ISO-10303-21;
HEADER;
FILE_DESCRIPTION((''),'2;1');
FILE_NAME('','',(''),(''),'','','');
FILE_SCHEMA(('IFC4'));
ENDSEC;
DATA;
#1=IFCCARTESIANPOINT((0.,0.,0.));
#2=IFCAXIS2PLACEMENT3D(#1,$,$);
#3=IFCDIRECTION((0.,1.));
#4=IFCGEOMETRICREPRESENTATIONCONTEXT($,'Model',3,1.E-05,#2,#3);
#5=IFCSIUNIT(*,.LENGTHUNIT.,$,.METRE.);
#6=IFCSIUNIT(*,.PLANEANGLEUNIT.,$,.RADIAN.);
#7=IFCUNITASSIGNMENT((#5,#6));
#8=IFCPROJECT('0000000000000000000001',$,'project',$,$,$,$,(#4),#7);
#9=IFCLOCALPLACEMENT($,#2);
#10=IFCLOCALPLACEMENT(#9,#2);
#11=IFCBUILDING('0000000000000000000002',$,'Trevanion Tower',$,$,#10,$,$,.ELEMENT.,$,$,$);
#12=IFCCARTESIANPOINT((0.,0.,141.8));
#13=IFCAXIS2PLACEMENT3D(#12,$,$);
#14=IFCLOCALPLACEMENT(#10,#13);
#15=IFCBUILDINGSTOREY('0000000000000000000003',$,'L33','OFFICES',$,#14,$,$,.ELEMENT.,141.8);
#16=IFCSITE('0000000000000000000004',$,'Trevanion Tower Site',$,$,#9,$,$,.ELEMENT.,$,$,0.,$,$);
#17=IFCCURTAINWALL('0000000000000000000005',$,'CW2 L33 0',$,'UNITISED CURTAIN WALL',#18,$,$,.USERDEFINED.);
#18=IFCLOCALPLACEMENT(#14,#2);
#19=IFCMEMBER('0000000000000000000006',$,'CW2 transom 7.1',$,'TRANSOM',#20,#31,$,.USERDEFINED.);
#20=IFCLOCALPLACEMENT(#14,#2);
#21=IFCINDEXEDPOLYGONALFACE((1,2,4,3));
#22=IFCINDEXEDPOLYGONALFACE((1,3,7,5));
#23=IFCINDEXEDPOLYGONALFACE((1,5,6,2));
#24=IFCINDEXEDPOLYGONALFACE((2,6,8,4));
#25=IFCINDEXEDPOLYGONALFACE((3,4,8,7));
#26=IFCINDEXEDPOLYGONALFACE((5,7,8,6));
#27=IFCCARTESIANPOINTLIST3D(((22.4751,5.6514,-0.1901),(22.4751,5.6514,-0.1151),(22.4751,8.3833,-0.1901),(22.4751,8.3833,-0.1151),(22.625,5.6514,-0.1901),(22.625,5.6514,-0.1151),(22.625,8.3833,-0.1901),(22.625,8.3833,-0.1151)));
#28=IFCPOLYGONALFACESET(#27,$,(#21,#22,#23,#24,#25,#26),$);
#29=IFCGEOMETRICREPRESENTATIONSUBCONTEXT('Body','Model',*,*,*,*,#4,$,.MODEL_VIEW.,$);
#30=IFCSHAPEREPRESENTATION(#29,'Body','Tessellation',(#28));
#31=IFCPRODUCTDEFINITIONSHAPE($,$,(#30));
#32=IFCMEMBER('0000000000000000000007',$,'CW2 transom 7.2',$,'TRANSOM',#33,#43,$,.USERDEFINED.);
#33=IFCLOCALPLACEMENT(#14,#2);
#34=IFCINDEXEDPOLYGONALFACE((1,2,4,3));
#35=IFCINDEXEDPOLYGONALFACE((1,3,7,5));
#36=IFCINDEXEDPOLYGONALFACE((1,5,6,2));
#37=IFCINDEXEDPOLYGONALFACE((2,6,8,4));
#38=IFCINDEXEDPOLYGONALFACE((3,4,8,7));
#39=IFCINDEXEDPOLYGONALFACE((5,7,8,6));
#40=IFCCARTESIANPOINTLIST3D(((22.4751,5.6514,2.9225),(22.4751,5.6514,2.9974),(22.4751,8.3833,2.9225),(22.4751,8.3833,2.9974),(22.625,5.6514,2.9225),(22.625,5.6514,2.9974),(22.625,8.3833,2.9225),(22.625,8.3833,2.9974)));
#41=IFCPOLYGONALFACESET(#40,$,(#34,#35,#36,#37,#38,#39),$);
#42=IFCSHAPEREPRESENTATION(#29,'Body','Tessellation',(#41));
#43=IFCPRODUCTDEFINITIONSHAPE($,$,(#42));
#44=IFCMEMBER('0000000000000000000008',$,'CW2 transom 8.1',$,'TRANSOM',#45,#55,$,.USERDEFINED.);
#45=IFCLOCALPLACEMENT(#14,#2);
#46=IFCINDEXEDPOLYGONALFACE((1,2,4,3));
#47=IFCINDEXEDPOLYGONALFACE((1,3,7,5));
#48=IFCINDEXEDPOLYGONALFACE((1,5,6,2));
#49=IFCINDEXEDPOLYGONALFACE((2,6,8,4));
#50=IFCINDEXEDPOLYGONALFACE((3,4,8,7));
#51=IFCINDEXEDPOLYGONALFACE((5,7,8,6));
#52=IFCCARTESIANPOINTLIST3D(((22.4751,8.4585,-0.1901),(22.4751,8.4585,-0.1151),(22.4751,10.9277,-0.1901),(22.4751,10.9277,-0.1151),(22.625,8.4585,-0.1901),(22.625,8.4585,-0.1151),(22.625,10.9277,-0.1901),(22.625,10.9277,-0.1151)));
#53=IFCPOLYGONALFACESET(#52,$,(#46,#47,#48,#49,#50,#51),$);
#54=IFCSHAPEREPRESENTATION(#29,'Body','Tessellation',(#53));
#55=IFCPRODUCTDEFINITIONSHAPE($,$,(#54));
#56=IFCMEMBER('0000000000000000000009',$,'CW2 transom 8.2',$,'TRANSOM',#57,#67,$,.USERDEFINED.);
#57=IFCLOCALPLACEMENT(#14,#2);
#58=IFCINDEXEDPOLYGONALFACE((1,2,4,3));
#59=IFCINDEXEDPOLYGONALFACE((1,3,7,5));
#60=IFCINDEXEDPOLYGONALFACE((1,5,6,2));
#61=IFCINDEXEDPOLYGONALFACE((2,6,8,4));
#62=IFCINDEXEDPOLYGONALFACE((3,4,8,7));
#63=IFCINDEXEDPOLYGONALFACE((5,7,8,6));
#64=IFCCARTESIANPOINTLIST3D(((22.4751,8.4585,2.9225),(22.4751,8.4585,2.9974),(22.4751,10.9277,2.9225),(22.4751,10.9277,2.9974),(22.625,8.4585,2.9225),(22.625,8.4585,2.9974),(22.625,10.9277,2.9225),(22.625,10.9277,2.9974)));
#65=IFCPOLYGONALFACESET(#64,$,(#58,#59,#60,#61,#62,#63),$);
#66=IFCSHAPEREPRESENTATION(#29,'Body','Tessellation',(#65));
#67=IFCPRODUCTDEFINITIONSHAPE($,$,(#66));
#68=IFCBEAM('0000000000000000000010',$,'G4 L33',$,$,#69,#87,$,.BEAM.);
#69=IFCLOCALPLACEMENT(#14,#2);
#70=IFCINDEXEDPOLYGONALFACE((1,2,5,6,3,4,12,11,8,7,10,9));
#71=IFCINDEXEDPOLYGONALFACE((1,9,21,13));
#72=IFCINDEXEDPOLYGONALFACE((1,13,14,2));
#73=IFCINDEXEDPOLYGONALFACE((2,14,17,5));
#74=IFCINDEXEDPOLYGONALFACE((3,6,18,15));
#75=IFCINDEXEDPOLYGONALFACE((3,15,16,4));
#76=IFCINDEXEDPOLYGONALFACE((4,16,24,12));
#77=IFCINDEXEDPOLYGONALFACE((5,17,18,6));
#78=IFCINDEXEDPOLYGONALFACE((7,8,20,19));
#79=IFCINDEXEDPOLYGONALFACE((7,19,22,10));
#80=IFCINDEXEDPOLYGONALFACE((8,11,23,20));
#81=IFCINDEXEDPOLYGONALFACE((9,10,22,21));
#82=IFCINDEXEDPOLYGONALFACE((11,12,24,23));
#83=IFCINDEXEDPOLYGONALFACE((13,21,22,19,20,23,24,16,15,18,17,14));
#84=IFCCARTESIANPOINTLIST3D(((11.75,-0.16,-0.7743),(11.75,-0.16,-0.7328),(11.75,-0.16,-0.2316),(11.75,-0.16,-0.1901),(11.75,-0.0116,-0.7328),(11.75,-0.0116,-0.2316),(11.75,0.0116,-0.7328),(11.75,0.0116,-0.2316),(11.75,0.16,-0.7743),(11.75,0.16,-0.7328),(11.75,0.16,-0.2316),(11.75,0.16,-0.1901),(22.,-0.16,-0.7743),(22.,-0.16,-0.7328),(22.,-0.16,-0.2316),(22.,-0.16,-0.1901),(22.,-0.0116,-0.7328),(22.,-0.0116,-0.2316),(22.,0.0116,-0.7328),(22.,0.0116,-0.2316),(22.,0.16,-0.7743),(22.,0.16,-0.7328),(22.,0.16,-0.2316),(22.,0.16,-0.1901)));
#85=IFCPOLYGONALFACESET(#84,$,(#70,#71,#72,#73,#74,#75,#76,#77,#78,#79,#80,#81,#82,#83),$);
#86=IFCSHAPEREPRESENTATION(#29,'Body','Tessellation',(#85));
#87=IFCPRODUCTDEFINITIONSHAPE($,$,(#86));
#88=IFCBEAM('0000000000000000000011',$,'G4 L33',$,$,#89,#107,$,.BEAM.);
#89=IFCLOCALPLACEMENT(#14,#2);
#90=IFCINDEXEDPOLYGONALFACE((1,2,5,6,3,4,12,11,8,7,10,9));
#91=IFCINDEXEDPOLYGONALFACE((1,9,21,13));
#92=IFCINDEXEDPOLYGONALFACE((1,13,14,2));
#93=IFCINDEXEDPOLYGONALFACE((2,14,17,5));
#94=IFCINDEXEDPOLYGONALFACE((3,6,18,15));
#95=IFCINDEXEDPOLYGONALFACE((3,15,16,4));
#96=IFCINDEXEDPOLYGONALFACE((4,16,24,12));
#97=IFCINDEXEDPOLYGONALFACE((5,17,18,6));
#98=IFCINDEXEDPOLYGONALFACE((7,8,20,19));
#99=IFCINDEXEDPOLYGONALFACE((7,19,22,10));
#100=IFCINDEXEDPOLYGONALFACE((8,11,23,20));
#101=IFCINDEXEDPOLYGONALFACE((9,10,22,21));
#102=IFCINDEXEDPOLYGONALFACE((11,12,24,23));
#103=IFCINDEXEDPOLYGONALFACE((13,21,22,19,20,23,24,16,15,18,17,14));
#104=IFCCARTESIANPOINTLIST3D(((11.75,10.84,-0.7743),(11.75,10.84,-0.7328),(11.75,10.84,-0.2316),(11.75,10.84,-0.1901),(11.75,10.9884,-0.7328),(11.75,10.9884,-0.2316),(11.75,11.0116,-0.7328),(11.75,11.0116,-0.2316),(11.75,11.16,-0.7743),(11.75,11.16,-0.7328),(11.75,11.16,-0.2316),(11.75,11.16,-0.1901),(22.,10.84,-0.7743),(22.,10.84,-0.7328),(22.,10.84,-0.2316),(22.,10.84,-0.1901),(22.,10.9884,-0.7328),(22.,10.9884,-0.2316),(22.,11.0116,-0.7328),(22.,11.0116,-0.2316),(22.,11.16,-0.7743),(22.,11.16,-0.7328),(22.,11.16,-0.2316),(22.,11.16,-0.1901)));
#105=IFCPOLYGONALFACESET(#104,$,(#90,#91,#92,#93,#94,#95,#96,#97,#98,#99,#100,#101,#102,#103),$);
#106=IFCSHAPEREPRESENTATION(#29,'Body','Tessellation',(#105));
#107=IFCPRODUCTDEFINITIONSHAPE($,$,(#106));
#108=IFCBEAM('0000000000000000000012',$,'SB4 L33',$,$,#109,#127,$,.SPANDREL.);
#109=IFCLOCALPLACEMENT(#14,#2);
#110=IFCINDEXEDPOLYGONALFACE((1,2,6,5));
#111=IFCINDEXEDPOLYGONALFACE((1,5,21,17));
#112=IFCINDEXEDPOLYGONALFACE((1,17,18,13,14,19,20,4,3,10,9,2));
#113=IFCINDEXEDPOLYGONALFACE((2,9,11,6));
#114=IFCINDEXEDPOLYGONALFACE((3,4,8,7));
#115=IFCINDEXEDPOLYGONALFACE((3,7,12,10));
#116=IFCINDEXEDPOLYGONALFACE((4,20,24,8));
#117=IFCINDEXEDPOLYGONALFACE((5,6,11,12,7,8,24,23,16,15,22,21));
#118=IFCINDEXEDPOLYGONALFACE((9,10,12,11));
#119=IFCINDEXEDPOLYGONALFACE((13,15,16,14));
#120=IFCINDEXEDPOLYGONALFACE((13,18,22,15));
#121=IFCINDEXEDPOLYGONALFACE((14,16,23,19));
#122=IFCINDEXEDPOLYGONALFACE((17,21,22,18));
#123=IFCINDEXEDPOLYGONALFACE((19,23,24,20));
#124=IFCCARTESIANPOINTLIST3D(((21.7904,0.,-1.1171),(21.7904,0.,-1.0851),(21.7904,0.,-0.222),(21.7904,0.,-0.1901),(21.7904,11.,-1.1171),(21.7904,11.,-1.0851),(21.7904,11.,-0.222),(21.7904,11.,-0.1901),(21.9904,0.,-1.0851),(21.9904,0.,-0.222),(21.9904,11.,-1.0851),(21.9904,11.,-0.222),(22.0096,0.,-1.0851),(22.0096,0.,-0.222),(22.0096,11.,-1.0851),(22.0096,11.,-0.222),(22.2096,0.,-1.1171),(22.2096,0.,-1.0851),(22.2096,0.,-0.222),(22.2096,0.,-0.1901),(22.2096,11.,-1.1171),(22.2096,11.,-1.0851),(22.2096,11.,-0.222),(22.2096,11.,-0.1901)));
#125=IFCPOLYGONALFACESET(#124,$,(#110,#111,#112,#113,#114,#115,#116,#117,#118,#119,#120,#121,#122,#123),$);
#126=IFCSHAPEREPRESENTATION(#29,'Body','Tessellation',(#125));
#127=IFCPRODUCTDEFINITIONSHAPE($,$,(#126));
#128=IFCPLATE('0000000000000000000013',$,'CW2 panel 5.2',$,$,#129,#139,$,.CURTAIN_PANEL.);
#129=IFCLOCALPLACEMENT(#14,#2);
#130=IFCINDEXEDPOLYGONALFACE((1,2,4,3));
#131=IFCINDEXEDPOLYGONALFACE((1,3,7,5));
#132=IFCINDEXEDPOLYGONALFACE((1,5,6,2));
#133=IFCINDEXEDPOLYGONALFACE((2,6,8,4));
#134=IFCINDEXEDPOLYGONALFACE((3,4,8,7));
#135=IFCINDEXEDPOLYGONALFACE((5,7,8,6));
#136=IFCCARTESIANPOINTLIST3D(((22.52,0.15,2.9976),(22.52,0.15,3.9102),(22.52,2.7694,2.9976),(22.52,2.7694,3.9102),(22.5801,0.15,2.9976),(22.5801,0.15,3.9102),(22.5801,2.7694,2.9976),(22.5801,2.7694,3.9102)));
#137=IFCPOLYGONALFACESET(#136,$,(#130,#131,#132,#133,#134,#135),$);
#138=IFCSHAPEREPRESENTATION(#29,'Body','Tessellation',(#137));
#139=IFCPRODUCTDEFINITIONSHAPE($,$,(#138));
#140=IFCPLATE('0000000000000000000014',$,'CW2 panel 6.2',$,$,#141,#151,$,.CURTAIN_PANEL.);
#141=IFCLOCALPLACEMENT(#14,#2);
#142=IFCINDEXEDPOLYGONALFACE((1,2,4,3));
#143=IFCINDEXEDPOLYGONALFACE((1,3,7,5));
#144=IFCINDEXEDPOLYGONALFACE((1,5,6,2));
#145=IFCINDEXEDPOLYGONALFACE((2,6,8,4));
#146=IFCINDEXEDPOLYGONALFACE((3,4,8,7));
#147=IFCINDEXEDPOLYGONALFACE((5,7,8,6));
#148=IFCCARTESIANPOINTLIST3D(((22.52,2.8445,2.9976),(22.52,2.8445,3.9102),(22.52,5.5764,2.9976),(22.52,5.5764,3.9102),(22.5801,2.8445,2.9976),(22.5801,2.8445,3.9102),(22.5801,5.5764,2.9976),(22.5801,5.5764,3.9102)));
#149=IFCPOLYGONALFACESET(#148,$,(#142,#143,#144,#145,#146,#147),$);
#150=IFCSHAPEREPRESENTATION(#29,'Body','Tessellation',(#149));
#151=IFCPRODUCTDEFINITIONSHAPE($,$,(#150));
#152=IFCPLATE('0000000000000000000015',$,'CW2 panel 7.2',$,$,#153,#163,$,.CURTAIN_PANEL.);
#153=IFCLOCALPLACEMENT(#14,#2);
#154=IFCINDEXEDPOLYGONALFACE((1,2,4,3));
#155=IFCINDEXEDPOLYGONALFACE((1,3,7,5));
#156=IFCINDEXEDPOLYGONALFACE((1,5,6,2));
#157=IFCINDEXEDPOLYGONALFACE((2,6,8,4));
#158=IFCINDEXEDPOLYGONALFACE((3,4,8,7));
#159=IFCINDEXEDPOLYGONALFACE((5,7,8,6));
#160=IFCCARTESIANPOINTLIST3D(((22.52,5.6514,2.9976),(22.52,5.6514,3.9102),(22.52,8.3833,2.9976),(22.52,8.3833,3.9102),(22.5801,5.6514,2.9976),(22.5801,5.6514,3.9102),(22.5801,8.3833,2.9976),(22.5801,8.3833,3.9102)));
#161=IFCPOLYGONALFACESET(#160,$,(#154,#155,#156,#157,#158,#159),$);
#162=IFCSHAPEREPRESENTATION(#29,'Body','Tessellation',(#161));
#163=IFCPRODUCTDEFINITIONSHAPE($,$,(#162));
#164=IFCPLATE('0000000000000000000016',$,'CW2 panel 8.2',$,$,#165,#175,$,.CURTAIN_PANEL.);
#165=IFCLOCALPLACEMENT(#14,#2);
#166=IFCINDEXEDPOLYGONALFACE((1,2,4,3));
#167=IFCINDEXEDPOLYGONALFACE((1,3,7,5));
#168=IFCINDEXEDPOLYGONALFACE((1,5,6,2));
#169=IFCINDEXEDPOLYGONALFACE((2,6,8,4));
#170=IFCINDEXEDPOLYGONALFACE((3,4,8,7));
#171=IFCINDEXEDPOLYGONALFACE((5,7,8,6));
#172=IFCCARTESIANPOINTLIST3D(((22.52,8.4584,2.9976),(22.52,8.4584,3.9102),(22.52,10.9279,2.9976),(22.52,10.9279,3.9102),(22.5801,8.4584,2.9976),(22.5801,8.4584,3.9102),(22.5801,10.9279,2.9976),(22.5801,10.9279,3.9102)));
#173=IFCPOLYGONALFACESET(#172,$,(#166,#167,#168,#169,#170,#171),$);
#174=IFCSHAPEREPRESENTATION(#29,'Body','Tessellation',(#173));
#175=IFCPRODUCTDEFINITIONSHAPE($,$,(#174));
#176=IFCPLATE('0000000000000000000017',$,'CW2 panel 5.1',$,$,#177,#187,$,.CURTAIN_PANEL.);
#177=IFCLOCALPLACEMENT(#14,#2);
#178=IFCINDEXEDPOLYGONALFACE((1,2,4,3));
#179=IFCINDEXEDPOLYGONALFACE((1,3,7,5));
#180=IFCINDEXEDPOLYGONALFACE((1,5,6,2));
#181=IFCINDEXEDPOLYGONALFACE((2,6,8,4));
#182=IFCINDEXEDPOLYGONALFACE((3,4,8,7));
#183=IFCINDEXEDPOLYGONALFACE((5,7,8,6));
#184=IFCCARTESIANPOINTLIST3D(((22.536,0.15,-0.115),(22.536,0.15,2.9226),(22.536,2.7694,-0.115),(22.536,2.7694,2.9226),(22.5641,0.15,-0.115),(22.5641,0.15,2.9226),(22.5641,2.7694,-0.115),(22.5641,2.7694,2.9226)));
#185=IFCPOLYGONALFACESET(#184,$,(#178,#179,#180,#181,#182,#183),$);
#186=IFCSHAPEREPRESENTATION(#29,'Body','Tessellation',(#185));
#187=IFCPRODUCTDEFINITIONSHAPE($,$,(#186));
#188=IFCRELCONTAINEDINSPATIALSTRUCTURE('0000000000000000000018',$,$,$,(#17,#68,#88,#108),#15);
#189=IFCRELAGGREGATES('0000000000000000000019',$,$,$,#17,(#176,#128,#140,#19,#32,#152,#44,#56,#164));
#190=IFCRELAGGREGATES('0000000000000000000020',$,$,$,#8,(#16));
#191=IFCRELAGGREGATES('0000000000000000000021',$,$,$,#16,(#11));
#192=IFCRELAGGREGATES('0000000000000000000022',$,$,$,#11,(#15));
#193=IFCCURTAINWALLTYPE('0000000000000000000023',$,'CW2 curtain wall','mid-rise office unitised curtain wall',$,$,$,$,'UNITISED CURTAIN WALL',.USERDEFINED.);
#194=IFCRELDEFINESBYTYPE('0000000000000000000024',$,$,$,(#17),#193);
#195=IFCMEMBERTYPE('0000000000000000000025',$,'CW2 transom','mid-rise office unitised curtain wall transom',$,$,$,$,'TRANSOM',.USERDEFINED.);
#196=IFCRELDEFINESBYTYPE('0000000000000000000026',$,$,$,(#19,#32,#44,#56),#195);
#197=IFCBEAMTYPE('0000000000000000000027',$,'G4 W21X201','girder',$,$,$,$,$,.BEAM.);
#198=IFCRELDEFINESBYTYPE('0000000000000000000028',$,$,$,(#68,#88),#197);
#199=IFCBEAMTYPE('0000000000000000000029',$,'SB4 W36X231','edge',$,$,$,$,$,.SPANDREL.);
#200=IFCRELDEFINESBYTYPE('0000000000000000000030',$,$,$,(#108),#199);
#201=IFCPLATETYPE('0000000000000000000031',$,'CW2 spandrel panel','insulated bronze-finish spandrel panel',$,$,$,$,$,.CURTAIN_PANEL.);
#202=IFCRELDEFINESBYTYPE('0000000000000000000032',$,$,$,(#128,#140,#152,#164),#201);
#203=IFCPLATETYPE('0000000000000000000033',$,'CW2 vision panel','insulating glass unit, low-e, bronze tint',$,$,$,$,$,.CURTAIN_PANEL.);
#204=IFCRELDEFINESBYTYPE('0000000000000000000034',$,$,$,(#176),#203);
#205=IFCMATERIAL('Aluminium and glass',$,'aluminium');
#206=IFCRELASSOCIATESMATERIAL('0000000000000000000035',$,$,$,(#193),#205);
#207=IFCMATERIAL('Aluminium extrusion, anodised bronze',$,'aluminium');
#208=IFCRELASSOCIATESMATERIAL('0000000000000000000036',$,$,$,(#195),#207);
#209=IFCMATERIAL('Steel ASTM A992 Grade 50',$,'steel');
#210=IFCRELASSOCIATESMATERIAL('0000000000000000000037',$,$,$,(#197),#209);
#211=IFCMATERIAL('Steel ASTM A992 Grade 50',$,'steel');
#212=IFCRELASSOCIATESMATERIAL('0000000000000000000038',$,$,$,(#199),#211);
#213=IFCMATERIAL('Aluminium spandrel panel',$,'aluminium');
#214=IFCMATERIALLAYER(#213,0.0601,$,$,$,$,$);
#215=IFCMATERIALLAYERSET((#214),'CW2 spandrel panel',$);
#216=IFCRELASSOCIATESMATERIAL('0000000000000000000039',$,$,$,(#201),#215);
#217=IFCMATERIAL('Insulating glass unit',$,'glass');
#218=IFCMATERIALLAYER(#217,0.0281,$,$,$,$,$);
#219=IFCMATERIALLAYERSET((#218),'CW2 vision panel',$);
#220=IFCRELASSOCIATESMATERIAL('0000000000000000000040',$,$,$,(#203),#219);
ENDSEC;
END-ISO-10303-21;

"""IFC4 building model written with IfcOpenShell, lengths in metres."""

from ifc_helpers import new_model, si_unit, direction, frame, origin, origin_2d, place, context, subcontext, project, spatial, rectangle, i_section, extrude, material, layer, layer_set, material_profile, profile_set, type_object, element, aggregate, save


model = new_model("IFC4")

# Units and contexts
model_context = context("Model", 3, precision=1e-05, world=origin(), true_north=direction((0.0, 1.0)))
body_context = subcontext(model_context, "Body", "Model", "MODEL_VIEW")
ifc_project = project(units=[si_unit("LENGTHUNIT", "METRE"), si_unit("PLANEANGLEUNIT", "RADIAN")], contexts=[model_context])

# Site, building, storey
site_placement = place(None, origin())
site = spatial("IfcSite", under=ifc_project, at=site_placement, Name="Trevanion Tower Site", CompositionType="ELEMENT", RefElevation=0.0)
building_placement = place(site_placement, origin())
building = spatial("IfcBuilding", under=site, at=building_placement, Name="Trevanion Tower", CompositionType="ELEMENT")
storey_placement = place(building_placement, frame((0.0, 0.0, 141.8)))
storey = spatial("IfcBuildingStorey", under=building, at=storey_placement, Name="L33", Description="OFFICES", CompositionType="ELEMENT", Elevation=141.8)

# Curtain wall, members
ifc_material_1 = material(Name="Aluminium and glass", Category="aluminium")
curtain_wall_type = type_object("IfcCurtainWallType", Name="CW2 curtain wall", Description="mid-rise office unitised curtain wall", ElementType="UNITISED CURTAIN WALL", PredefinedType="USERDEFINED", material=ifc_material_1)
curtain_wall_placement = place(storey_placement, origin())
curtain_wall = element("IfcCurtainWall", 1, at=curtain_wall_placement, inside=storey, type_object=curtain_wall_type, Name="CW2 L33 0", ObjectType="UNITISED CURTAIN WALL", PredefinedType="USERDEFINED")
ifc_material_2 = material(Name="Aluminium extrusion, anodised bronze", Category="aluminium")
ifc_material_profile_1 = material_profile(ifc_material_2, rectangle(XDim=0.1499, YDim=0.075, at=origin_2d()), Name="CW2 transom")
ifc_profile_set_1 = profile_set([ifc_material_profile_1], Name="Aluminium extrusion, anodised bronze")
member_type_1 = type_object("IfcMemberType", Name="CW2 transom", Description="mid-rise office unitised curtain wall transom", ElementType="TRANSOM", PredefinedType="USERDEFINED", material=ifc_profile_set_1)
member_1_placement = place(storey_placement, frame((22.55, 5.6514, -0.1526), z_axis=(0.0, 1.0, 0.0), x_axis=(-1.0, 0.0, 0.0)))
member_1 = element("IfcMember", 2, at=member_1_placement, type_object=member_type_1, Name="CW2 transom 7.1", ObjectType="TRANSOM", PredefinedType="USERDEFINED", context=body_context, shape_type="SweptSolid", body=[
    extrude(rectangle(XDim=0.1499, YDim=0.075, at=origin_2d()), origin(), (0.0, 0.0, 1.0), 2.7319),
])
member_2_placement = place(storey_placement, frame((22.55, 5.6514, 2.96), z_axis=(0.0, 1.0, 0.0), x_axis=(-1.0, 0.0, 0.0)))
member_2 = element("IfcMember", 3, at=member_2_placement, type_object=member_type_1, Name="CW2 transom 7.2", ObjectType="TRANSOM", PredefinedType="USERDEFINED", context=body_context, shape_type="SweptSolid", body=[
    extrude(rectangle(XDim=0.1499, YDim=0.075, at=origin_2d()), origin(), (0.0, 0.0, 1.0), 2.7319),
])
member_3_placement = place(storey_placement, frame((22.55, 8.4585, -0.1526), z_axis=(0.0, 1.0, 0.0), x_axis=(-1.0, 0.0, 0.0)))
member_3 = element("IfcMember", 4, at=member_3_placement, type_object=member_type_1, Name="CW2 transom 8.1", ObjectType="TRANSOM", PredefinedType="USERDEFINED", context=body_context, shape_type="SweptSolid", body=[
    extrude(rectangle(XDim=0.1499, YDim=0.075, at=origin_2d()), origin(), (0.0, 0.0, 1.0), 2.4692),
])
member_4_placement = place(storey_placement, frame((22.55, 8.4585, 2.96), z_axis=(0.0, 1.0, 0.0), x_axis=(-1.0, 0.0, 0.0)))
member_4 = element("IfcMember", 5, at=member_4_placement, type_object=member_type_1, Name="CW2 transom 8.2", ObjectType="TRANSOM", PredefinedType="USERDEFINED", context=body_context, shape_type="SweptSolid", body=[
    extrude(rectangle(XDim=0.1499, YDim=0.075, at=origin_2d()), origin(), (0.0, 0.0, 1.0), 2.4692),
])

# Beams
ifc_material_3 = material(Name="Steel ASTM A992 Grade 50", Category="steel")
ifc_material_profile_2 = material_profile(ifc_material_3, i_section(OverallWidth=0.3201, OverallDepth=0.5842, WebThickness=0.0232, FlangeThickness=0.0415, at=origin_2d()), Name="W21X201")
ifc_profile_set_2 = profile_set([ifc_material_profile_2], Name="Steel ASTM A992 Grade 50")
beam_type_1 = type_object("IfcBeamType", Name="G4 W21X201", Description="girder", PredefinedType="BEAM", material=ifc_profile_set_2)
for number, where, z_axis, x_axis, name in (
    (6, (11.75, 0.0, -0.4822), (1.0, 0.0, 0.0), (0.0, 1.0, 0.0), "G4 L33"),
    (7, (11.75, 11.0, -0.4822), (1.0, 0.0, 0.0), (0.0, 1.0, 0.0), "G4 L33"),
):
    element("IfcBeam", number, at=place(storey_placement, frame(where, z_axis=z_axis, x_axis=x_axis)), inside=storey, type_object=beam_type_1, Name=name, PredefinedType="BEAM", context=body_context, shape_type="SweptSolid", body=[
        extrude(i_section(OverallWidth=0.3201, OverallDepth=0.5842, WebThickness=0.0232, FlangeThickness=0.0415, at=origin_2d()), origin(), (0.0, 0.0, 1.0), 10.25),
    ])
ifc_material_4 = material(Name="Steel ASTM A992 Grade 50", Category="steel")
ifc_material_profile_3 = material_profile(ifc_material_4, i_section(OverallWidth=0.4192, OverallDepth=0.927, WebThickness=0.0193, FlangeThickness=0.032, at=origin_2d()), Name="W36X231")
ifc_profile_set_3 = profile_set([ifc_material_profile_3], Name="Steel ASTM A992 Grade 50")
beam_type_2 = type_object("IfcBeamType", Name="SB4 W36X231", Description="edge", PredefinedType="SPANDREL", material=ifc_profile_set_3)
beam_placement = place(storey_placement, frame((22.0, 0.0, -0.6536), z_axis=(0.0, 1.0, 0.0), x_axis=(-1.0, 0.0, 0.0)))
element("IfcBeam", 8, at=beam_placement, inside=storey, type_object=beam_type_2, Name="SB4 L33", PredefinedType="SPANDREL", context=body_context, shape_type="SweptSolid", body=[
    extrude(i_section(OverallWidth=0.4192, OverallDepth=0.927, WebThickness=0.0193, FlangeThickness=0.032, at=origin_2d()), origin(), (0.0, 0.0, 1.0), 11.0),
])

# Plates
ifc_material_5 = material(Name="Aluminium spandrel panel", Category="aluminium")
ifc_layer_1 = layer(ifc_material_5, 0.0601)
ifc_layer_set_1 = layer_set([ifc_layer_1], Name="CW2 spandrel panel")
plate_type_1 = type_object("IfcPlateType", Name="CW2 spandrel panel", Description="insulated bronze-finish spandrel panel", PredefinedType="CURTAIN_PANEL", material=ifc_layer_set_1)
plate_1_placement = place(storey_placement, frame((22.55, 1.4597, 2.9976), z_axis=(0.0, 0.0, 1.0), x_axis=(0.0, 1.0, 0.0)))
plate_1 = element("IfcPlate", 9, at=plate_1_placement, type_object=plate_type_1, Name="CW2 panel 5.2", PredefinedType="CURTAIN_PANEL", context=body_context, shape_type="SweptSolid", body=[
    extrude(rectangle(XDim=2.6194, YDim=0.0601, at=origin_2d()), origin(), (0.0, 0.0, 1.0), 0.9126),
])
plate_2_placement = place(storey_placement, frame((22.55, 4.2104, 2.9976), z_axis=(0.0, 0.0, 1.0), x_axis=(0.0, 1.0, 0.0)))
plate_2 = element("IfcPlate", 10, at=plate_2_placement, type_object=plate_type_1, Name="CW2 panel 6.2", PredefinedType="CURTAIN_PANEL", context=body_context, shape_type="SweptSolid", body=[
    extrude(rectangle(XDim=2.7319, YDim=0.0601, at=origin_2d()), origin(), (0.0, 0.0, 1.0), 0.9126),
])
plate_3_placement = place(storey_placement, frame((22.55, 7.0173, 2.9976), z_axis=(0.0, 0.0, 1.0), x_axis=(0.0, 1.0, 0.0)))
plate_3 = element("IfcPlate", 11, at=plate_3_placement, type_object=plate_type_1, Name="CW2 panel 7.2", PredefinedType="CURTAIN_PANEL", context=body_context, shape_type="SweptSolid", body=[
    extrude(rectangle(XDim=2.7319, YDim=0.0601, at=origin_2d()), origin(), (0.0, 0.0, 1.0), 0.9126),
])
plate_4_placement = place(storey_placement, frame((22.55, 9.6931, 2.9976), z_axis=(0.0, 0.0, 1.0), x_axis=(0.0, 1.0, 0.0)))
plate_4 = element("IfcPlate", 12, at=plate_4_placement, type_object=plate_type_1, Name="CW2 panel 8.2", PredefinedType="CURTAIN_PANEL", context=body_context, shape_type="SweptSolid", body=[
    extrude(rectangle(XDim=2.4695, YDim=0.0601, at=origin_2d()), origin(), (0.0, 0.0, 1.0), 0.9126),
])
ifc_material_6 = material(Name="Insulating glass unit", Category="glass")
ifc_layer_2 = layer(ifc_material_6, 0.0281)
ifc_layer_set_2 = layer_set([ifc_layer_2], Name="CW2 vision panel")
plate_type_2 = type_object("IfcPlateType", Name="CW2 vision panel", Description="insulating glass unit, low-e, bronze tint", PredefinedType="CURTAIN_PANEL", material=ifc_layer_set_2)
plate_5_placement = place(storey_placement, frame((22.55, 1.4597, -0.115), z_axis=(0.0, 0.0, 1.0), x_axis=(0.0, 1.0, 0.0)))
plate_5 = element("IfcPlate", 13, at=plate_5_placement, type_object=plate_type_2, Name="CW2 panel 5.1", PredefinedType="CURTAIN_PANEL", context=body_context, shape_type="SweptSolid", body=[
    extrude(rectangle(XDim=2.6194, YDim=0.0281, at=origin_2d()), origin(), (0.0, 0.0, 1.0), 3.0376),
])
aggregate(curtain_wall, [plate_5, plate_1, plate_2, member_1, member_2, plate_3, member_3, member_4, plate_4])

save(model, "model.ifc")
